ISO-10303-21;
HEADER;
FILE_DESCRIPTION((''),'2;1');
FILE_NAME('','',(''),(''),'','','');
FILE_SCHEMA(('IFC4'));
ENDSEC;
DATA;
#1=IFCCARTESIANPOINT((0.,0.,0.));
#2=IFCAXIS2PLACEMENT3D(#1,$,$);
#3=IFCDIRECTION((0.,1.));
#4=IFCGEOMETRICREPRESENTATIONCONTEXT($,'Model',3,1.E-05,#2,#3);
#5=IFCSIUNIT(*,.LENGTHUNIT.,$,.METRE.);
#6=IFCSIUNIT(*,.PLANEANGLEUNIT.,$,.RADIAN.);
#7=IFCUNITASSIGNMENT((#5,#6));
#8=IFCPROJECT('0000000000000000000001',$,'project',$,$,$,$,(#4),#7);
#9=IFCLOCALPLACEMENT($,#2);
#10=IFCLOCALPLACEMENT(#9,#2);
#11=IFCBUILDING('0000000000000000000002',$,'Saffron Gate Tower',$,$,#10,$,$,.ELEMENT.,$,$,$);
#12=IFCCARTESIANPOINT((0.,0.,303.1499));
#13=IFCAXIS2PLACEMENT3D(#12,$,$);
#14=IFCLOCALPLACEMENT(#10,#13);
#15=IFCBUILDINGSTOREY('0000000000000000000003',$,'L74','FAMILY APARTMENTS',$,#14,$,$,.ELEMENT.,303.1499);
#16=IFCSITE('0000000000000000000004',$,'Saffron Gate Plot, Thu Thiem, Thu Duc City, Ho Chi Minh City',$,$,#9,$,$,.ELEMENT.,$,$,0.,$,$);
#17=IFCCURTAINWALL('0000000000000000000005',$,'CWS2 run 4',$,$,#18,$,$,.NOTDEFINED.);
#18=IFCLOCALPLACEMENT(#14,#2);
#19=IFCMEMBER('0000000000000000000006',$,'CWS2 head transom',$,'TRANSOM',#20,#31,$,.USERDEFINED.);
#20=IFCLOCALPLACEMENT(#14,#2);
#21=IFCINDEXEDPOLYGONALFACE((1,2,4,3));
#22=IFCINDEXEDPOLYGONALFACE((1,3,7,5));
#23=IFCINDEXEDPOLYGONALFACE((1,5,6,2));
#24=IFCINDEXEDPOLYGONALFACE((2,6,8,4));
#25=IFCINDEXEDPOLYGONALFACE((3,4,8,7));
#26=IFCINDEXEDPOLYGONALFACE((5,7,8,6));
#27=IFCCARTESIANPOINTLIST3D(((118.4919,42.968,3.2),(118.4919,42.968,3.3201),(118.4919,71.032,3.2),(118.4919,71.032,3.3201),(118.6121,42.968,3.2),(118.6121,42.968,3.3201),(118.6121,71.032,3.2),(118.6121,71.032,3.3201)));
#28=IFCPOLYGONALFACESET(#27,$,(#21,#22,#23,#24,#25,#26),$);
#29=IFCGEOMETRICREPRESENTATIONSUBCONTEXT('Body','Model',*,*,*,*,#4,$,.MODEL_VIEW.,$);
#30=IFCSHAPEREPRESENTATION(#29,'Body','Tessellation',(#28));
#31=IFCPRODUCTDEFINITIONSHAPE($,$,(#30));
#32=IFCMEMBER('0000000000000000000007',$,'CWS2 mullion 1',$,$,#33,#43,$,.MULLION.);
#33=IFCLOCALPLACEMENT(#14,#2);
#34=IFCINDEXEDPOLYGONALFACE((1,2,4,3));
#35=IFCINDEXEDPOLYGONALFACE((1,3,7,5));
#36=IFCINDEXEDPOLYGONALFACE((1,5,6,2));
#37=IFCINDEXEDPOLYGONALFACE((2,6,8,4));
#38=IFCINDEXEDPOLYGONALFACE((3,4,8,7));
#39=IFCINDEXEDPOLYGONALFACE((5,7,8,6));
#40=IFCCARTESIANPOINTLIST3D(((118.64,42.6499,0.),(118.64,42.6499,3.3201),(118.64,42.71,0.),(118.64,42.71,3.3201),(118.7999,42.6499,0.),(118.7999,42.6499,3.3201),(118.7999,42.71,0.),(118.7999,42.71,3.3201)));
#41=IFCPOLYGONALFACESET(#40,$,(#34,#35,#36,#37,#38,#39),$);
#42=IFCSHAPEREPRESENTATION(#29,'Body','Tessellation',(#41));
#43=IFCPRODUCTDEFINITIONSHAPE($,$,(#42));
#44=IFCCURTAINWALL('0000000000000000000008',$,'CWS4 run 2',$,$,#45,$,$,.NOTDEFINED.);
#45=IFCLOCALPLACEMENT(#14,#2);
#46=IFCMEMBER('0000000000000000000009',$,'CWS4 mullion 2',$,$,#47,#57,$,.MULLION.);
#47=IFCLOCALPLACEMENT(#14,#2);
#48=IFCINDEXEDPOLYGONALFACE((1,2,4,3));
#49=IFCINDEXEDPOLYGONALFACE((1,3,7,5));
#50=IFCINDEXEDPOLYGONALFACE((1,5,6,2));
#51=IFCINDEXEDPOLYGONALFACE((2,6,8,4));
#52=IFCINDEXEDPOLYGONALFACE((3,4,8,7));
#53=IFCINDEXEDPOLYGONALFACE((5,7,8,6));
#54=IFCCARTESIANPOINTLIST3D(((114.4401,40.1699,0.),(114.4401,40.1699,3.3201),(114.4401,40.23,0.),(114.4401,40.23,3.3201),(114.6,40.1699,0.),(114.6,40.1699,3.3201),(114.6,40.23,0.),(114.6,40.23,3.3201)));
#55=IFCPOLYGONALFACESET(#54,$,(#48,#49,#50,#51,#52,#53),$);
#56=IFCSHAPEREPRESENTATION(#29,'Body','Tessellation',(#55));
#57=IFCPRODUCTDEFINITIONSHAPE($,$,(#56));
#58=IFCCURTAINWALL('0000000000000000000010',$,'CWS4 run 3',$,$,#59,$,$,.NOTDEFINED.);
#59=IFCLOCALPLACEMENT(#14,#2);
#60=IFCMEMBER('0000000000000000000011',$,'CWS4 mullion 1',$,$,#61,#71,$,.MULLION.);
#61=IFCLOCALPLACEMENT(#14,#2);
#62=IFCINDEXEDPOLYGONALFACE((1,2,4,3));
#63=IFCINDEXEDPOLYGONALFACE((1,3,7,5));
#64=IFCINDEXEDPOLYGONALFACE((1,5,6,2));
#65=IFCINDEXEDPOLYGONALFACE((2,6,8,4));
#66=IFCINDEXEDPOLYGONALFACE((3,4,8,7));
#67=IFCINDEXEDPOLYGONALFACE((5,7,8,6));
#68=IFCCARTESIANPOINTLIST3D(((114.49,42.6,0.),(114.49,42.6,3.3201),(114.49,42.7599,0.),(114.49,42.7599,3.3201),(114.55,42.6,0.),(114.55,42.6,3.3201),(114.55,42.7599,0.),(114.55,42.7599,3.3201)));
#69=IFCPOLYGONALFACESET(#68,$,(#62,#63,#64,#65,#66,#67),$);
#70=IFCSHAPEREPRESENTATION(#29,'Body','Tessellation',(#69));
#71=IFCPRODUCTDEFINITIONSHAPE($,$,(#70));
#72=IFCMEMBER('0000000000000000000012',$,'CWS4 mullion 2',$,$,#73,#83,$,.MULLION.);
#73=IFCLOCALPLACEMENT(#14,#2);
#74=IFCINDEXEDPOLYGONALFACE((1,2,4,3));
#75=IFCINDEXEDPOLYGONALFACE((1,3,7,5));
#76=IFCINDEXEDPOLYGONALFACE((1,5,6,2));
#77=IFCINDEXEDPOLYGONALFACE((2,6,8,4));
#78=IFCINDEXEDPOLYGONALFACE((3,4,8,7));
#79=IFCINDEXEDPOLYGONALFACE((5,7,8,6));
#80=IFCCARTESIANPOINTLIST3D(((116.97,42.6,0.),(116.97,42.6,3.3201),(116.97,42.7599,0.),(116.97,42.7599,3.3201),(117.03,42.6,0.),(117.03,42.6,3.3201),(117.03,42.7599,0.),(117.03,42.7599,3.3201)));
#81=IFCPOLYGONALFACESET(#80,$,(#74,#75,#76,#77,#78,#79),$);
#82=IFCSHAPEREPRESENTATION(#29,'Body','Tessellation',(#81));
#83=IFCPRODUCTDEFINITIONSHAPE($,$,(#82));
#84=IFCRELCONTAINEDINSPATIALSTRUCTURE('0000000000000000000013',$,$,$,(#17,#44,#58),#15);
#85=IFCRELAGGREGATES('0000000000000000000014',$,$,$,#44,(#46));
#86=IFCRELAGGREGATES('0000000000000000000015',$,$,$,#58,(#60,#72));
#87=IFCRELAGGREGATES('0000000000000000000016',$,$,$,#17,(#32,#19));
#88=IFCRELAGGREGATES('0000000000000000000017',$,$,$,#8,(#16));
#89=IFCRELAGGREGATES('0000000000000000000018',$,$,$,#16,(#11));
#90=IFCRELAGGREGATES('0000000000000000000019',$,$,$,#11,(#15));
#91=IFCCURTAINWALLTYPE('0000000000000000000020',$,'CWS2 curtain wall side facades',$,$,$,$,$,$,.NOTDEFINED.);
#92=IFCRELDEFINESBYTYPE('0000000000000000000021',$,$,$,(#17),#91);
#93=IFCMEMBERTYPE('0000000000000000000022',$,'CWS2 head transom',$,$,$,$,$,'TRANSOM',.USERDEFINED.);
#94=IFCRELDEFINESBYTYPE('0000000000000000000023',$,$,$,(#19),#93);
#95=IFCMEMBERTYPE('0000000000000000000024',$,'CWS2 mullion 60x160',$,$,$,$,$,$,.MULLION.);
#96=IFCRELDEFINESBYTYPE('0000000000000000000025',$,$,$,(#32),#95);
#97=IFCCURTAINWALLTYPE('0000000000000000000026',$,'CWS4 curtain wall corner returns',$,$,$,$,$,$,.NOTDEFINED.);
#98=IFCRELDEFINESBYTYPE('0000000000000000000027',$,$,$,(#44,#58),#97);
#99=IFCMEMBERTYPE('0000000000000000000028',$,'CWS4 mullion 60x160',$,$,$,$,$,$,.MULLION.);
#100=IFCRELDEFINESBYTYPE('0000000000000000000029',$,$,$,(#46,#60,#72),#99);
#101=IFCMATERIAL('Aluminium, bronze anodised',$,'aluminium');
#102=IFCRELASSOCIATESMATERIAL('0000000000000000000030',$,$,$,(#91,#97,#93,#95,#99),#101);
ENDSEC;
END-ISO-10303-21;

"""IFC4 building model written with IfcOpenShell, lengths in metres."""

from ifc_helpers import new_model, si_unit, direction, frame, origin, origin_2d, place, context, subcontext, project, spatial, rectangle, extrude, material, material_profile, profile_set, type_object, element, aggregate, save


model = new_model("IFC4")

# Units and contexts
model_context = context("Model", 3, precision=1e-05, world=origin(), true_north=direction((0.0, 1.0)))
body_context = subcontext(model_context, "Body", "Model", "MODEL_VIEW")
ifc_project = project(units=[si_unit("LENGTHUNIT", "METRE"), si_unit("PLANEANGLEUNIT", "RADIAN")], contexts=[model_context])

# Site, building, storey
site_placement = place(None, origin())
site = spatial("IfcSite", under=ifc_project, at=site_placement, Name="Saffron Gate Plot, Thu Thiem, Thu Duc City, Ho Chi Minh City", CompositionType="ELEMENT", RefElevation=0.0)
building_placement = place(site_placement, origin())
building = spatial("IfcBuilding", under=site, at=building_placement, Name="Saffron Gate Tower", CompositionType="ELEMENT")
storey_placement = place(building_placement, frame((0.0, 0.0, 303.1499)))
storey = spatial("IfcBuildingStorey", under=building, at=storey_placement, Name="L74", Description="FAMILY APARTMENTS", CompositionType="ELEMENT", Elevation=303.1499)

# Curtain wall, members
ifc_material_1 = material(Name="Aluminium, bronze anodised", Category="aluminium")
curtain_wall_type_1 = type_object("IfcCurtainWallType", Name="CWS2 curtain wall side facades", PredefinedType="NOTDEFINED", material=ifc_material_1)
curtain_wall_1_placement = place(storey_placement, origin())
curtain_wall_1 = element("IfcCurtainWall", 1, at=curtain_wall_1_placement, inside=storey, type_object=curtain_wall_type_1, Name="CWS2 run 4", PredefinedType="NOTDEFINED")
ifc_material_profile_1 = material_profile(ifc_material_1, rectangle(XDim=0.1201, YDim=0.1201, at=origin_2d()))
ifc_profile_set_1 = profile_set([ifc_material_profile_1], Name="Aluminium, bronze anodised")
member_type_1 = type_object("IfcMemberType", Name="CWS2 head transom", ElementType="TRANSOM", PredefinedType="USERDEFINED", material=ifc_profile_set_1)
member_1_placement = place(storey_placement, frame((118.552, 42.968, 3.26), z_axis=(0.0, 1.0, 0.0), x_axis=(-1.0, 0.0, 0.0)))
member_1 = element("IfcMember", 2, at=member_1_placement, type_object=member_type_1, Name="CWS2 head transom", ObjectType="TRANSOM", PredefinedType="USERDEFINED", context=body_context, shape_type="SweptSolid", body=[
    extrude(rectangle(XDim=0.1201, YDim=0.1201, at=origin_2d()), origin(), (0.0, 0.0, 1.0), 28.064),
])
ifc_material_profile_2 = material_profile(ifc_material_1, rectangle(XDim=0.1599, YDim=0.0601, at=origin_2d()))
ifc_profile_set_2 = profile_set([ifc_material_profile_2], Name="Aluminium, bronze anodised")
member_type_2 = type_object("IfcMemberType", Name="CWS2 mullion 60x160", PredefinedType="MULLION", material=ifc_profile_set_2)
member_2_placement = place(storey_placement, frame((118.72, 42.6799, 0.0), z_axis=(0.0, 0.0, 1.0), x_axis=(-1.0, 0.0, 0.0)))
member_2 = element("IfcMember", 3, at=member_2_placement, type_object=member_type_2, Name="CWS2 mullion 1", PredefinedType="MULLION", context=body_context, shape_type="SweptSolid", body=[
    extrude(rectangle(XDim=0.1599, YDim=0.0601, at=origin_2d()), origin(), (0.0, 0.0, 1.0), 3.3201),
])

# Curtain wall, member
curtain_wall_type_2 = type_object("IfcCurtainWallType", Name="CWS4 curtain wall corner returns", PredefinedType="NOTDEFINED", material=ifc_material_1)
curtain_wall_2_placement = place(storey_placement, origin())
curtain_wall_2 = element("IfcCurtainWall", 4, at=curtain_wall_2_placement, inside=storey, type_object=curtain_wall_type_2, Name="CWS4 run 2", PredefinedType="NOTDEFINED")
ifc_material_profile_3 = material_profile(ifc_material_1, rectangle(XDim=0.1599, YDim=0.0601, at=origin_2d()))
ifc_profile_set_3 = profile_set([ifc_material_profile_3], Name="Aluminium, bronze anodised")
member_type_3 = type_object("IfcMemberType", Name="CWS4 mullion 60x160", PredefinedType="MULLION", material=ifc_profile_set_3)
member_3_placement = place(storey_placement, frame((114.52, 40.2, 0.0), z_axis=(0.0, 0.0, 1.0), x_axis=(-1.0, 0.0, 0.0)))
member_3 = element("IfcMember", 5, at=member_3_placement, type_object=member_type_3, Name="CWS4 mullion 2", PredefinedType="MULLION", context=body_context, shape_type="SweptSolid", body=[
    extrude(rectangle(XDim=0.1599, YDim=0.0601, at=origin_2d()), origin(), (0.0, 0.0, 1.0), 3.3201),
])
aggregate(curtain_wall_2, [member_3])

# Curtain wall, members
curtain_wall_3_placement = place(storey_placement, origin())
curtain_wall_3 = element("IfcCurtainWall", 6, at=curtain_wall_3_placement, inside=storey, type_object=curtain_wall_type_2, Name="CWS4 run 3", PredefinedType="NOTDEFINED")
member_4_placement = place(storey_placement, frame((114.52, 42.6799, 0.0), z_axis=(0.0, 0.0, 1.0), x_axis=(0.0, 1.0, 0.0)))
member_4 = element("IfcMember", 7, at=member_4_placement, type_object=member_type_3, Name="CWS4 mullion 1", PredefinedType="MULLION", context=body_context, shape_type="SweptSolid", body=[
    extrude(rectangle(XDim=0.1599, YDim=0.0601, at=origin_2d()), origin(), (0.0, 0.0, 1.0), 3.3201),
])
member_5_placement = place(storey_placement, frame((117.0, 42.6799, 0.0), z_axis=(0.0, 0.0, 1.0), x_axis=(0.0, 1.0, 0.0)))
member_5 = element("IfcMember", 8, at=member_5_placement, type_object=member_type_3, Name="CWS4 mullion 2", PredefinedType="MULLION", context=body_context, shape_type="SweptSolid", body=[
    extrude(rectangle(XDim=0.1599, YDim=0.0601, at=origin_2d()), origin(), (0.0, 0.0, 1.0), 3.3201),
])
aggregate(curtain_wall_3, [member_4, member_5])

aggregate(curtain_wall_1, [member_2, member_1])

save(model, "model.ifc")
